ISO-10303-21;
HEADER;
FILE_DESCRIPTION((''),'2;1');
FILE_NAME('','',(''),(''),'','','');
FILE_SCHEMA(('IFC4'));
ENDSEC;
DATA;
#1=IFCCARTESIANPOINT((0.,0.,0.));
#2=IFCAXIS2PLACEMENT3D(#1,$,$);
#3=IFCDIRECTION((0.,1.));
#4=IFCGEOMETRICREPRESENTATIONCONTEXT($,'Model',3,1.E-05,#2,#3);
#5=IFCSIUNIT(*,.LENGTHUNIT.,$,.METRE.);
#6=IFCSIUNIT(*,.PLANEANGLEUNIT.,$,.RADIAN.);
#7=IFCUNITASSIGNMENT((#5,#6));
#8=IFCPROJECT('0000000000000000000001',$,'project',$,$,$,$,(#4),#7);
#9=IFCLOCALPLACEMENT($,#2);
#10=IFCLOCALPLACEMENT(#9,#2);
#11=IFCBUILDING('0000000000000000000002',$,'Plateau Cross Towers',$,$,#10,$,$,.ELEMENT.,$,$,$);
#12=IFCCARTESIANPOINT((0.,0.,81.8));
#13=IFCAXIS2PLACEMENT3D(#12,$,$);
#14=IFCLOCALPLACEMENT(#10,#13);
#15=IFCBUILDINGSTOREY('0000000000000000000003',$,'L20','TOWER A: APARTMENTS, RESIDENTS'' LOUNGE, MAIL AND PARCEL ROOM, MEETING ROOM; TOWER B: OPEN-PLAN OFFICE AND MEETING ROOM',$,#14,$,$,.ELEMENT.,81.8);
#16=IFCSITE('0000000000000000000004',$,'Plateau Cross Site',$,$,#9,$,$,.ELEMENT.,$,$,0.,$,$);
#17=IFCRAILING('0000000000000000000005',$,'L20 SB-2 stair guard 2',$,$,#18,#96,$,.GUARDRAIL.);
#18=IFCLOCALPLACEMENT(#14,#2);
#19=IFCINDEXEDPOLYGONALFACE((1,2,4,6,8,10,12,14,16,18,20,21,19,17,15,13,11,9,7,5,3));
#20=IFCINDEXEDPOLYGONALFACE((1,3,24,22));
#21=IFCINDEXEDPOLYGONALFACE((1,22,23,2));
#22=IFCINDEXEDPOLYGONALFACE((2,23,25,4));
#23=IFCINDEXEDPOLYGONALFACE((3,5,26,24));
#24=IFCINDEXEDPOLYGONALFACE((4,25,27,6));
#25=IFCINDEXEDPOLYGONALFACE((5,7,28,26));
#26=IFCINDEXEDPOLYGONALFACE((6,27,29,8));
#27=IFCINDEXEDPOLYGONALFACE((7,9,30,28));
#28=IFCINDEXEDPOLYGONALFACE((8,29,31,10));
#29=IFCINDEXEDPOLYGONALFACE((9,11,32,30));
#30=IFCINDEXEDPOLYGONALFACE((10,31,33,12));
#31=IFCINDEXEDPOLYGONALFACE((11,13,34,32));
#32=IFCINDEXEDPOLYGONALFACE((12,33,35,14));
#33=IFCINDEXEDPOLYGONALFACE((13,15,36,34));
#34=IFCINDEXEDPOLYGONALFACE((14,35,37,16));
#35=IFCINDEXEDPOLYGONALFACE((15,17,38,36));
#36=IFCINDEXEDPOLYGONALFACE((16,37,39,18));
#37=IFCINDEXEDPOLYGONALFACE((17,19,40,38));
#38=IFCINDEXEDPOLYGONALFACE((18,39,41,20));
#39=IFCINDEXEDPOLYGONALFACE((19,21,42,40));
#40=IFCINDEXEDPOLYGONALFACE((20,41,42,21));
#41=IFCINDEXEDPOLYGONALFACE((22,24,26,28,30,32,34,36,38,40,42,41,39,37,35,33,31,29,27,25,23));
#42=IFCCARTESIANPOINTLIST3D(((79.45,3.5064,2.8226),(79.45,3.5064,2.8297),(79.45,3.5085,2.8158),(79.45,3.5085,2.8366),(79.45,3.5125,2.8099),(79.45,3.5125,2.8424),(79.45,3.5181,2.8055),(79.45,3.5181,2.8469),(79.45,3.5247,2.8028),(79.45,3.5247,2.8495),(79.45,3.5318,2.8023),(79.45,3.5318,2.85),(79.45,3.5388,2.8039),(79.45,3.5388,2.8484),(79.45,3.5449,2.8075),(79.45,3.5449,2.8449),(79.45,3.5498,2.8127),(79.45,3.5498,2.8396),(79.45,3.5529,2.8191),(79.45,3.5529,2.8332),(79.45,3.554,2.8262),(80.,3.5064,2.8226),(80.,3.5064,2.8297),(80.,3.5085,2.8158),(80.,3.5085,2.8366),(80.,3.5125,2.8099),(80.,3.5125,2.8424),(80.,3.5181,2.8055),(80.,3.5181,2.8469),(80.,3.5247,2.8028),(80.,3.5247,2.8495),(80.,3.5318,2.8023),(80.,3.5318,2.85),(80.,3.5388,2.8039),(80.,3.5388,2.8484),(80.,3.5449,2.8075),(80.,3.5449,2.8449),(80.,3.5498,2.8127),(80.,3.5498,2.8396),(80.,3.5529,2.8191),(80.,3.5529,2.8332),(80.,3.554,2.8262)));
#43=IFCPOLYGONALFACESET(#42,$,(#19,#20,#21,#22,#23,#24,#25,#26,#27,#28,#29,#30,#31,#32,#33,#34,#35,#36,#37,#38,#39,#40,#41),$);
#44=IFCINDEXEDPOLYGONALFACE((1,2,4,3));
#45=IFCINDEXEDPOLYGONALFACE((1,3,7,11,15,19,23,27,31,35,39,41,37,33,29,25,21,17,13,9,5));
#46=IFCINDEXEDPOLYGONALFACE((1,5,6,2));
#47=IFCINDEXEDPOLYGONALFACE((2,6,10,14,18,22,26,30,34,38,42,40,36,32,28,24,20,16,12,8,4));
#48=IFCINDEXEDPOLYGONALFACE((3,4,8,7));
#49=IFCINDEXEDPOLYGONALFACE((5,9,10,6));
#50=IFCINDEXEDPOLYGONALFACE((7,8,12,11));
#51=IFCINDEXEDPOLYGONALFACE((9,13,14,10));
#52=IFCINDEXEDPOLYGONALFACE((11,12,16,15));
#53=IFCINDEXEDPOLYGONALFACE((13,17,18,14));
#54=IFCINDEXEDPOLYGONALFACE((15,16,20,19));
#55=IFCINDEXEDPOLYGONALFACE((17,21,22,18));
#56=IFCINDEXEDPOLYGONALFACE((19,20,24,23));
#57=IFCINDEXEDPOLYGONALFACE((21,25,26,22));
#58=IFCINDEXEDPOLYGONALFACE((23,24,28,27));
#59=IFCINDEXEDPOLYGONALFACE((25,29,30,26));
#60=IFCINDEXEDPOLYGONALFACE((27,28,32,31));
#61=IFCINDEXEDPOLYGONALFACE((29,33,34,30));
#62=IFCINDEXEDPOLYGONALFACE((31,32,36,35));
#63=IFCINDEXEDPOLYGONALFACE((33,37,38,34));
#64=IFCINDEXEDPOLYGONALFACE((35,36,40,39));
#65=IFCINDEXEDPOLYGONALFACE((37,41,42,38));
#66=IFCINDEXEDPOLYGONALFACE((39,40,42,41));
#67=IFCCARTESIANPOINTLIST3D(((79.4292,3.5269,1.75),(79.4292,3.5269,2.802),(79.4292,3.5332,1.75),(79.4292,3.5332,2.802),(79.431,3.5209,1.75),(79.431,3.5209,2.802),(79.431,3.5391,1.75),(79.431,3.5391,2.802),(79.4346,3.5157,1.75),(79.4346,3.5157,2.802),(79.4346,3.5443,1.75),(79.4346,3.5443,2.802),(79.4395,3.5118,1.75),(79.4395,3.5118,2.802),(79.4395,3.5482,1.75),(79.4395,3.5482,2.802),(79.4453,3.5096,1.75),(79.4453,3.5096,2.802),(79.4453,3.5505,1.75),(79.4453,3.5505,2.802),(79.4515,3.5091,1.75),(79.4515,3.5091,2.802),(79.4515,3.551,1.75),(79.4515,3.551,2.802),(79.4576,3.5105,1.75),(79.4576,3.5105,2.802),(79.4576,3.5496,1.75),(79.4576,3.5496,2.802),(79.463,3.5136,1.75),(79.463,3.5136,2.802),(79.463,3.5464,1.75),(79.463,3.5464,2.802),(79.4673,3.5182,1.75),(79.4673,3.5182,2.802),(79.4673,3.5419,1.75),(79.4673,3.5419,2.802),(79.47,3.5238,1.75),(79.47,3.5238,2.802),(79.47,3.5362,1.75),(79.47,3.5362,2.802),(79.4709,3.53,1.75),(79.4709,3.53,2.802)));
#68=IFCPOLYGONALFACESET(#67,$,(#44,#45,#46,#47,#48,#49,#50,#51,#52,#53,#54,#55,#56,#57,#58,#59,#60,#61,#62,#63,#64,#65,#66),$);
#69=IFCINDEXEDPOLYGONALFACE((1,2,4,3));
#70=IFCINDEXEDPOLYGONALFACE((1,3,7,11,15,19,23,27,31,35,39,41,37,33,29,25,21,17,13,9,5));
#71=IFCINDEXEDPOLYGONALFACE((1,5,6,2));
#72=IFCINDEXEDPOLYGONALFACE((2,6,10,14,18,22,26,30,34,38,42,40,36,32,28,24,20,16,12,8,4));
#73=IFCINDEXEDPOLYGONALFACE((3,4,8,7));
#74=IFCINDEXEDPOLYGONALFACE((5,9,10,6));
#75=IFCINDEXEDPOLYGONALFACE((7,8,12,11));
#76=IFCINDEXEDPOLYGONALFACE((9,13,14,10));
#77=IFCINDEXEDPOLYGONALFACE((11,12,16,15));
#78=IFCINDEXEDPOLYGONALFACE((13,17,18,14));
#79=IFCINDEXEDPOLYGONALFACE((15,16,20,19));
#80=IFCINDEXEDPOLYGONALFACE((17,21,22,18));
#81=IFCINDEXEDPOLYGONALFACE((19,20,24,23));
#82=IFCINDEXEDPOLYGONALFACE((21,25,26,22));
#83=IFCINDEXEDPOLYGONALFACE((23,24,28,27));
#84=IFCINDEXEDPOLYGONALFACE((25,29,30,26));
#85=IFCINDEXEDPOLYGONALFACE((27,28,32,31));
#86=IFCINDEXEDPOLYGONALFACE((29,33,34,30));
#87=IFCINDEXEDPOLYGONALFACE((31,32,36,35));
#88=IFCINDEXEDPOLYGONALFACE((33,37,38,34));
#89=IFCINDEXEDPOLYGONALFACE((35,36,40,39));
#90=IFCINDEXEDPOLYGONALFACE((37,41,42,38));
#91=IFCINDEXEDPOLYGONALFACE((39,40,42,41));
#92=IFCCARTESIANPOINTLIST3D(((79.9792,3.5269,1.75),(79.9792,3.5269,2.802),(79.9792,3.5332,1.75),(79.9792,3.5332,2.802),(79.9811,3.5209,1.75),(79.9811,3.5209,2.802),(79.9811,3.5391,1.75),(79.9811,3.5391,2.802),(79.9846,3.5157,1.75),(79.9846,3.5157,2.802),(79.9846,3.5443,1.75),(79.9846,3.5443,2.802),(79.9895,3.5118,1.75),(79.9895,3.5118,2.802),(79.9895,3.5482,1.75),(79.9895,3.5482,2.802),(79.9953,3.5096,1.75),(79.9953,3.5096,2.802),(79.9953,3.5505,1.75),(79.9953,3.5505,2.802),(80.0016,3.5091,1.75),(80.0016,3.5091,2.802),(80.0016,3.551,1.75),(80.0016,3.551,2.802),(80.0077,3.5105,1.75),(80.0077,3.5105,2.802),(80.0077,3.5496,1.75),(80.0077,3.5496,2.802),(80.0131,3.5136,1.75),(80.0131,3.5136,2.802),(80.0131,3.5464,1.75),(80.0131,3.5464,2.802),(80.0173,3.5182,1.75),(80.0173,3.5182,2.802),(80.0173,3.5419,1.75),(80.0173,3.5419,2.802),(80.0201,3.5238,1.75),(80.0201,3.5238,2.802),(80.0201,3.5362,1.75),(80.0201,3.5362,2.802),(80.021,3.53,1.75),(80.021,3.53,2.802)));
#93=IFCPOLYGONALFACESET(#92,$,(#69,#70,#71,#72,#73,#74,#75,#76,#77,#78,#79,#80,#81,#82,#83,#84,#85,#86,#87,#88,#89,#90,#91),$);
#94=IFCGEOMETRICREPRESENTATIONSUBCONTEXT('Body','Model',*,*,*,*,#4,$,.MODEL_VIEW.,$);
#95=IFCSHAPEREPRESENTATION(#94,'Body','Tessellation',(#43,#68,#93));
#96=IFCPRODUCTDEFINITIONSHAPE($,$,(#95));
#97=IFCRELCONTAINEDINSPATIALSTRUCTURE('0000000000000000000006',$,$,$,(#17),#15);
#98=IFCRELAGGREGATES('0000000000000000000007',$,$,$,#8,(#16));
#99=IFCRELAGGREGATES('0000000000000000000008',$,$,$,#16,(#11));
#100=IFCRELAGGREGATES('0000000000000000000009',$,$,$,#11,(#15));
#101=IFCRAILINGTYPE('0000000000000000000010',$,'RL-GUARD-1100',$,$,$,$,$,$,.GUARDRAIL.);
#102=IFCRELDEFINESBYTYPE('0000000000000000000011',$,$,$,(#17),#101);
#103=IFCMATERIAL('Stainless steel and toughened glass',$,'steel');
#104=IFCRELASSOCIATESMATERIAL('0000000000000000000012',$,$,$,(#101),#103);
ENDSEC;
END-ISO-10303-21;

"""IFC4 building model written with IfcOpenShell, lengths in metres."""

from ifc_helpers import new_model, si_unit, direction, frame, origin, origin_2d, place, context, subcontext, project, spatial, circle, extrude, material, type_object, element, save


model = new_model("IFC4")

# Units and contexts
model_context = context("Model", 3, precision=1e-05, world=origin(), true_north=direction((0.0, 1.0)))
body_context = subcontext(model_context, "Body", "Model", "MODEL_VIEW")
ifc_project = project(units=[si_unit("LENGTHUNIT", "METRE"), si_unit("PLANEANGLEUNIT", "RADIAN")], contexts=[model_context])

# Site, building, storey
site_placement = place(None, origin())
site = spatial("IfcSite", under=ifc_project, at=site_placement, Name="Plateau Cross Site", CompositionType="ELEMENT", RefElevation=0.0)
building_placement = place(site_placement, origin())
building = spatial("IfcBuilding", under=site, at=building_placement, Name="Plateau Cross Towers", CompositionType="ELEMENT")
storey_placement = place(building_placement, frame((0.0, 0.0, 81.8)))
storey = spatial("IfcBuildingStorey", under=building, at=storey_placement, Name="L20", Description="TOWER A: APARTMENTS, RESIDENTS' LOUNGE, MAIL AND PARCEL ROOM, MEETING ROOM; TOWER B: OPEN-PLAN OFFICE AND MEETING ROOM", CompositionType="ELEMENT", Elevation=81.8)

# Railing
ifc_material_1 = material(Name="Stainless steel and toughened glass", Category="steel")
railing_type_1 = type_object("IfcRailingType", Name="RL-GUARD-1100", PredefinedType="GUARDRAIL", material=ifc_material_1)
railing_1_placement = place(storey_placement, frame((79.45, 3.53, 1.75)))
element("IfcRailing", 1, at=railing_1_placement, inside=storey, type_object=railing_type_1, Name="L20 SB-2 stair guard 2", PredefinedType="GUARDRAIL", context=body_context, shape_type="SweptSolid", body=[
    extrude(circle(Radius=0.0239, at=origin_2d()), frame((0.0, 0.0, 1.0762), z_axis=(1.0, 0.0, 0.0), x_axis=(0.0, 1.0, 0.0)), (0.0, 0.0, 1.0), 0.55),
    extrude(circle(Radius=0.021, at=origin_2d()), origin(), (0.0, 0.0, 1.0), 1.052),
    extrude(circle(Radius=0.021, at=origin_2d()), frame((0.55, 0.0, 0.0)), (0.0, 0.0, 1.0), 1.052),
])

save(model, "model.ifc")
